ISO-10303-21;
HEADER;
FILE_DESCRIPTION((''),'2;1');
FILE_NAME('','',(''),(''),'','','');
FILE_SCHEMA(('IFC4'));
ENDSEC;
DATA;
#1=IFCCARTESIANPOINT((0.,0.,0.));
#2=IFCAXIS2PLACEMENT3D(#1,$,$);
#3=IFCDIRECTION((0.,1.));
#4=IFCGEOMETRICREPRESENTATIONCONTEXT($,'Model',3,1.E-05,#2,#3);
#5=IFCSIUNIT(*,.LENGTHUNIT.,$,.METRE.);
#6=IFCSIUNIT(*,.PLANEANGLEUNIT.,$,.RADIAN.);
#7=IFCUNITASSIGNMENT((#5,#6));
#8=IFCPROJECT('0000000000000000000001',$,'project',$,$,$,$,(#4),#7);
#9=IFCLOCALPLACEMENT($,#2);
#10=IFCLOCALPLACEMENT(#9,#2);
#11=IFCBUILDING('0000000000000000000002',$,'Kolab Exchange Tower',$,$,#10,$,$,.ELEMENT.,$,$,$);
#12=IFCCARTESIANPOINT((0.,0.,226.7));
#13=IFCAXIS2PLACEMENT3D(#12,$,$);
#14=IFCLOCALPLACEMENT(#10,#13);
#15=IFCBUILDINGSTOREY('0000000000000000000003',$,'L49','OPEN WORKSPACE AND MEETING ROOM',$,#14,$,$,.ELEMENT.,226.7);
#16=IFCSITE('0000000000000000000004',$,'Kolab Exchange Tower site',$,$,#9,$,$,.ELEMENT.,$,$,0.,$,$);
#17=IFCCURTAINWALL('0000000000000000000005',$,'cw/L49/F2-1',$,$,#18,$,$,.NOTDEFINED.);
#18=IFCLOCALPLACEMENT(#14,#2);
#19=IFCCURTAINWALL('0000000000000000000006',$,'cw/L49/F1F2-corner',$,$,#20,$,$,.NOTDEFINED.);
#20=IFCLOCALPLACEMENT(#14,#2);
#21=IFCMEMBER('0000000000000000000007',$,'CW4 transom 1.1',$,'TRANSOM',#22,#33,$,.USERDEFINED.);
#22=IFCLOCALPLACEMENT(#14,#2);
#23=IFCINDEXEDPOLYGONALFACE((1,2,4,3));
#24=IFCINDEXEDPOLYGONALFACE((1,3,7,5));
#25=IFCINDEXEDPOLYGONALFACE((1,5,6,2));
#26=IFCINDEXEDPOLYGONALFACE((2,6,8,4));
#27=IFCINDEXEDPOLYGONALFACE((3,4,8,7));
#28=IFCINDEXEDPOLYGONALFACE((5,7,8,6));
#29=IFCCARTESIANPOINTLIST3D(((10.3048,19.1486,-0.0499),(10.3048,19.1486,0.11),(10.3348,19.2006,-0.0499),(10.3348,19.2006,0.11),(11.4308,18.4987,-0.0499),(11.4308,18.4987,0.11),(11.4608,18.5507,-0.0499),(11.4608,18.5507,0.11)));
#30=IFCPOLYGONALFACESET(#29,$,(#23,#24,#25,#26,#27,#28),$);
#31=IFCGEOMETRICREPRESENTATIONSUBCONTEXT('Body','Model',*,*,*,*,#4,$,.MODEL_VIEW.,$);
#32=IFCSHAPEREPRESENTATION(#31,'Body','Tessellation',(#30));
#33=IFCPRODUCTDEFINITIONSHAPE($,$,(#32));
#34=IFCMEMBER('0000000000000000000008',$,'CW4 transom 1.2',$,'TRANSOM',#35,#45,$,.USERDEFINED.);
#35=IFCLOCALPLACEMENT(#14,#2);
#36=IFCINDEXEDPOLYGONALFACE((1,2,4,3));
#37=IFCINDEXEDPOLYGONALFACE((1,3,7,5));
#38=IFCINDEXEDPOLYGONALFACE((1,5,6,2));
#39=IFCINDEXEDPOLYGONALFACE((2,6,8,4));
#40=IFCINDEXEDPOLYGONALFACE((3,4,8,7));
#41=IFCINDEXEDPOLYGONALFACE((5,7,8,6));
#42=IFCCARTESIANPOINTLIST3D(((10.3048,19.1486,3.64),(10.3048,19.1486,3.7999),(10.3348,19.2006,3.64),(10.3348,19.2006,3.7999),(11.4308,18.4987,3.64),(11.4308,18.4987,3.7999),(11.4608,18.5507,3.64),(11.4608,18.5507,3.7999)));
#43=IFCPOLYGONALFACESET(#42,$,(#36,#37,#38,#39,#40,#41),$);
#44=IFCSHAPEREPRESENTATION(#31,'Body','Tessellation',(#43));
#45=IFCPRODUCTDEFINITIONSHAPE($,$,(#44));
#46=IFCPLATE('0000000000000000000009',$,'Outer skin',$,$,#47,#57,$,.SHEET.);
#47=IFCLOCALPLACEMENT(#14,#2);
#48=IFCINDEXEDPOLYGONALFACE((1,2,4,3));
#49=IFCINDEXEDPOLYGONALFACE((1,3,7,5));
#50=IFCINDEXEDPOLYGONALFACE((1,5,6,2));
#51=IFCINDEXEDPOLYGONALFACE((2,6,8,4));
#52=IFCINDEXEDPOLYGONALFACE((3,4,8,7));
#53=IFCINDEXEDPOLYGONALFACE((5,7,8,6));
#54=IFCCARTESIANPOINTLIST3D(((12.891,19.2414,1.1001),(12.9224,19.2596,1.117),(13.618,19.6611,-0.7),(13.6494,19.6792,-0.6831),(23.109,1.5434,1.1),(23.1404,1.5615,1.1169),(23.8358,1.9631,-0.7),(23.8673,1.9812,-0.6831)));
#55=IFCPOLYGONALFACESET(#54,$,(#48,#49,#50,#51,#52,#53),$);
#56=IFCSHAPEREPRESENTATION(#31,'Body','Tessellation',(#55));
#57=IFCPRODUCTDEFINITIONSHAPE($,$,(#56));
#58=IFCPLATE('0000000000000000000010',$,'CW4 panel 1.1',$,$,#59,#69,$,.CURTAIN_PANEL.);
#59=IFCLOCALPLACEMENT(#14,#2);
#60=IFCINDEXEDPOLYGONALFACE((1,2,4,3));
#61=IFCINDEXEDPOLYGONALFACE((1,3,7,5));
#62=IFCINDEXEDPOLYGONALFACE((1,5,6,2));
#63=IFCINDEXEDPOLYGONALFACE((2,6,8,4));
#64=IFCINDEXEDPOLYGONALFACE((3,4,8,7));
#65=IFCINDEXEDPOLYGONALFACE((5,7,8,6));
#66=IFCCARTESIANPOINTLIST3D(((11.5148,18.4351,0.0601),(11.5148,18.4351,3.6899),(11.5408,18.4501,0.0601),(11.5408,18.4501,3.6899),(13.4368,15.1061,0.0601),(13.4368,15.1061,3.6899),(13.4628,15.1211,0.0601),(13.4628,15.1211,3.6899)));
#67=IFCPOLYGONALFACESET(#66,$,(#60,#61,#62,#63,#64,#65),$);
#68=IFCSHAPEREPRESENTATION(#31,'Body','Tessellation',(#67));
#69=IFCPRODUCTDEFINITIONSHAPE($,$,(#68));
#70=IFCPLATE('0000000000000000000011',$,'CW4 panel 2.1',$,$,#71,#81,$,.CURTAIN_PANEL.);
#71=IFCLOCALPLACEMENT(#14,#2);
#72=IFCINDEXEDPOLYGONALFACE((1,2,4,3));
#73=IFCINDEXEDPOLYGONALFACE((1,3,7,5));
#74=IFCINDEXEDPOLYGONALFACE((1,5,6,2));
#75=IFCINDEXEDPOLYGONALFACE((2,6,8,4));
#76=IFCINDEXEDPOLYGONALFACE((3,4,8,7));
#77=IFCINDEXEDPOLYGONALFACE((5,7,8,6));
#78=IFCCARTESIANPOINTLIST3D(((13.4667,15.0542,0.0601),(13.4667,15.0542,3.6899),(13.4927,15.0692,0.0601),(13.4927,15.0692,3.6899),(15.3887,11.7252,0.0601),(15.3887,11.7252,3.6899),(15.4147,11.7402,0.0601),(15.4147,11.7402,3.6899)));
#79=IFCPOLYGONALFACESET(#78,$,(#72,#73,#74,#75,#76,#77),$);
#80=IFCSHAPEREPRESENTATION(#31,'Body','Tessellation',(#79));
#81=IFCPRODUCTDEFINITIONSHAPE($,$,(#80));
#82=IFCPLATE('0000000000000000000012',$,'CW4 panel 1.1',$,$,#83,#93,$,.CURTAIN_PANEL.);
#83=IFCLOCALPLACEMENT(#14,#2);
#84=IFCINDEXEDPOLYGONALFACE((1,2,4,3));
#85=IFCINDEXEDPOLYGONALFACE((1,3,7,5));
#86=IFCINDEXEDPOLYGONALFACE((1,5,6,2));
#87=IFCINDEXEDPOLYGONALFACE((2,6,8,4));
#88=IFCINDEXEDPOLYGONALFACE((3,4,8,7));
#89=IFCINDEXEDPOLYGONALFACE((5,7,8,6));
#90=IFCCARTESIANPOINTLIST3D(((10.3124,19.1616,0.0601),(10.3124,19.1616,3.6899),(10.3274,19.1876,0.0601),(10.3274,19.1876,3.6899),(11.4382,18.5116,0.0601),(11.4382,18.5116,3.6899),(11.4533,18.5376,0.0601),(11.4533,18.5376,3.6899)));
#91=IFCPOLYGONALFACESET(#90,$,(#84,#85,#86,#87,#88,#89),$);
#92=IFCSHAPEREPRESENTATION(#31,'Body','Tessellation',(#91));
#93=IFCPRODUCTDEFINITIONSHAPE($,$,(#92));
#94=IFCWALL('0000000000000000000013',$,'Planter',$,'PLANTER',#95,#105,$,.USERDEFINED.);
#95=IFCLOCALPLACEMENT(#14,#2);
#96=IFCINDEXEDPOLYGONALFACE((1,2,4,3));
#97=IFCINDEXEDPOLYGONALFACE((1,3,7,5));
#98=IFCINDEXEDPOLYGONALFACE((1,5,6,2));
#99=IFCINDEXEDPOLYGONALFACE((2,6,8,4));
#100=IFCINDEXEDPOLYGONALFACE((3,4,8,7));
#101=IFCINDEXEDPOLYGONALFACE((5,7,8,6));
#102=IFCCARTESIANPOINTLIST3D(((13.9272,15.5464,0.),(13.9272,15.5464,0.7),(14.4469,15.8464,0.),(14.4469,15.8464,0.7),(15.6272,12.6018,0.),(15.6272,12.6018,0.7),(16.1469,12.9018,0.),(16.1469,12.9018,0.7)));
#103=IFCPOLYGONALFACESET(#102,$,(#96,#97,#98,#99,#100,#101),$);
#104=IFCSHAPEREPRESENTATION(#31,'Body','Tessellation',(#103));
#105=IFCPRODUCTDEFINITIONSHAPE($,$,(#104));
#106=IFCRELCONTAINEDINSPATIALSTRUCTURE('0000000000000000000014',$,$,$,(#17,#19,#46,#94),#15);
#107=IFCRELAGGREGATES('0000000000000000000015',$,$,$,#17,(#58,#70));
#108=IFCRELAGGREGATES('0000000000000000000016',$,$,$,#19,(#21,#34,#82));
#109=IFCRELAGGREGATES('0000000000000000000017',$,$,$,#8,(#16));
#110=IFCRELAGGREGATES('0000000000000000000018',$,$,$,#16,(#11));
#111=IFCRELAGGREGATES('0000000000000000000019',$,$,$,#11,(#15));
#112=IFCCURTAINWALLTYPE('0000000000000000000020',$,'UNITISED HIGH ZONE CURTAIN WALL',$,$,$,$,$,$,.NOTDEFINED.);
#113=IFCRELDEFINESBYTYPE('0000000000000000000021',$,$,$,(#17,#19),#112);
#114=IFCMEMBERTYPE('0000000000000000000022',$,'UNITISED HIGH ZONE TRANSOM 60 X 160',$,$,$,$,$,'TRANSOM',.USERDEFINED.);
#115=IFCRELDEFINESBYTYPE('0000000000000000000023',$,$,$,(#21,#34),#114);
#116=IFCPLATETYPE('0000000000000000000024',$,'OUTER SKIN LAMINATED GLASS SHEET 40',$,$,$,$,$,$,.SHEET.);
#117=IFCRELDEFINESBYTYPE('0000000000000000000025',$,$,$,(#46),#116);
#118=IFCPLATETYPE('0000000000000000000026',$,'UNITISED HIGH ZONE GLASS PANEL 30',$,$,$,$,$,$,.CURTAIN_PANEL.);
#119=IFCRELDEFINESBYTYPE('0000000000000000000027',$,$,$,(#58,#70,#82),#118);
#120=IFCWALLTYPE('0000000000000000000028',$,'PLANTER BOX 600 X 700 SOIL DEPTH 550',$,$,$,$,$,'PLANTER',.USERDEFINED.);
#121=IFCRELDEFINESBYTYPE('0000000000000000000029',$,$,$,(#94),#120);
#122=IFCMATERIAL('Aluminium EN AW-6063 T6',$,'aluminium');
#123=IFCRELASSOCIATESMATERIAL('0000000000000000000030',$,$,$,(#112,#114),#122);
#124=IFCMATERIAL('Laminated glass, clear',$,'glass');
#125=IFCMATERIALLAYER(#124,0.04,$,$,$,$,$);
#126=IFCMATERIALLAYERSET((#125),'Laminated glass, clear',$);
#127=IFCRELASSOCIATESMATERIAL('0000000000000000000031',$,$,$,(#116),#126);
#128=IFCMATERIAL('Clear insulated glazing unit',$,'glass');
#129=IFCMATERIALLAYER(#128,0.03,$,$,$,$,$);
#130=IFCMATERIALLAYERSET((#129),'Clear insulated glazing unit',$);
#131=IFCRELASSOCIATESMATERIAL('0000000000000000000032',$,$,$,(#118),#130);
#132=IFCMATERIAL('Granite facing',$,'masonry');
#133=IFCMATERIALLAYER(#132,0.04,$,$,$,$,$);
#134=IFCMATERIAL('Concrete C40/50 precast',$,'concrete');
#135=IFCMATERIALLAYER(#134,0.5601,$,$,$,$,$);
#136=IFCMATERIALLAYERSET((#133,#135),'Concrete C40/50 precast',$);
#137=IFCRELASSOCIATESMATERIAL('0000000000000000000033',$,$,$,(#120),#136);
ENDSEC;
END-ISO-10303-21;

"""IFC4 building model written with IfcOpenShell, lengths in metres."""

from ifc_helpers import new_model, si_unit, direction, frame, frame_2d, origin, origin_2d, place, context, subcontext, project, spatial, polyline, rectangle, outline, extrude, material, layer, layer_set, material_profile, profile_set, type_object, element, aggregate, save


model = new_model("IFC4")

# Units and contexts
model_context = context("Model", 3, precision=1e-05, world=origin(), true_north=direction((0.0, 1.0)))
body_context = subcontext(model_context, "Body", "Model", "MODEL_VIEW")
ifc_project = project(units=[si_unit("LENGTHUNIT", "METRE"), si_unit("PLANEANGLEUNIT", "RADIAN")], contexts=[model_context])

# Site, building, storey
site_placement = place(None, origin())
site = spatial("IfcSite", under=ifc_project, at=site_placement, Name="Kolab Exchange Tower site", CompositionType="ELEMENT", RefElevation=0.0)
building_placement = place(site_placement, origin())
building = spatial("IfcBuilding", under=site, at=building_placement, Name="Kolab Exchange Tower", CompositionType="ELEMENT")
storey_placement = place(building_placement, frame((0.0, 0.0, 226.7)))
storey = spatial("IfcBuildingStorey", under=building, at=storey_placement, Name="L49", Description="OPEN WORKSPACE AND MEETING ROOM", CompositionType="ELEMENT", Elevation=226.7)

# Curtain walls
ifc_material_1 = material(Name="Aluminium EN AW-6063 T6", Category="aluminium")
curtain_wall_type = type_object("IfcCurtainWallType", Name="UNITISED HIGH ZONE CURTAIN WALL", PredefinedType="NOTDEFINED", material=ifc_material_1)
curtain_wall_1_placement = place(storey_placement, origin())
curtain_wall_1 = element("IfcCurtainWall", 1, at=curtain_wall_1_placement, inside=storey, type_object=curtain_wall_type, Name="cw/L49/F2-1", PredefinedType="NOTDEFINED")
curtain_wall_2_placement = place(storey_placement, origin())
curtain_wall_2 = element("IfcCurtainWall", 2, at=curtain_wall_2_placement, inside=storey, type_object=curtain_wall_type, Name="cw/L49/F1F2-corner", PredefinedType="NOTDEFINED")

# Members
ifc_material_profile_1 = material_profile(ifc_material_1, rectangle(XDim=0.0601, YDim=0.1599, at=origin_2d()), Name="RECT 60X160")
ifc_profile_set_1 = profile_set([ifc_material_profile_1], Name="Aluminium EN AW-6063 T6")
member_type_1 = type_object("IfcMemberType", Name="UNITISED HIGH ZONE TRANSOM 60 X 160", ElementType="TRANSOM", PredefinedType="USERDEFINED", material=ifc_profile_set_1)
member_1_placement = place(storey_placement, frame((10.3198, 19.1746, 0.03), z_axis=(0.866086, -0.499896, 0.0), x_axis=(0.499896, 0.866086, 0.0)))
member_1 = element("IfcMember", 3, at=member_1_placement, type_object=member_type_1, Name="CW4 transom 1.1", ObjectType="TRANSOM", PredefinedType="USERDEFINED", context=body_context, shape_type="SweptSolid", body=[
    extrude(rectangle(XDim=0.0601, YDim=0.1599, at=origin_2d()), origin(), (0.0, 0.0, 1.0), 1.3),
])
member_2_placement = place(storey_placement, frame((10.3198, 19.1746, 3.72), z_axis=(0.866086, -0.499896, 0.0), x_axis=(0.499896, 0.866086, 0.0)))
member_2 = element("IfcMember", 4, at=member_2_placement, type_object=member_type_1, Name="CW4 transom 1.2", ObjectType="TRANSOM", PredefinedType="USERDEFINED", context=body_context, shape_type="SweptSolid", body=[
    extrude(rectangle(XDim=0.0601, YDim=0.1599, at=origin_2d()), origin(), (0.0, 0.0, 1.0), 1.3),
])

# Plates
ifc_material_2 = material(Name="Laminated glass, clear", Category="glass")
ifc_layer_1 = layer(ifc_material_2, 0.04)
ifc_layer_set_1 = layer_set([ifc_layer_1], Name="Laminated glass, clear")
plate_type_1 = type_object("IfcPlateType", Name="OUTER SKIN LAMINATED GLASS SHEET 40", PredefinedType="SHEET", material=ifc_layer_set_1)
plate_1_placement = place(storey_placement, frame((13.6494, 19.6792, -0.6831), z_axis=(0.784886, 0.453152, 0.422619), x_axis=(0.499997, -0.866027, 0.000002)))
element("IfcPlate", 5, at=plate_1_placement, inside=storey, type_object=plate_type_1, Name="Outer skin", PredefinedType="SHEET", context=body_context, shape_type="SweptSolid", body=[
    extrude(outline(polyline([(0.0, 0.0), (20.4358, 0.0), (20.4359, -1.9861), (-0.0001, -1.9862), (0.0, 0.0)])), origin(), (0.0, 0.0, -1.0), 0.04),
])
ifc_material_3 = material(Name="Clear insulated glazing unit", Category="glass")
ifc_layer_2 = layer(ifc_material_3, 0.03)
ifc_layer_set_2 = layer_set([ifc_layer_2], Name="Clear insulated glazing unit")
plate_type_2 = type_object("IfcPlateType", Name="UNITISED HIGH ZONE GLASS PANEL 30", PredefinedType="CURTAIN_PANEL", material=ifc_layer_set_2)
plate_2_placement = place(storey_placement, frame((12.4888, 16.7781, 0.0601), z_axis=(0.0, 0.0, 1.0), x_axis=(0.5, -0.866025, 0.0)))
plate_2 = element("IfcPlate", 6, at=plate_2_placement, type_object=plate_type_2, Name="CW4 panel 1.1", PredefinedType="CURTAIN_PANEL", context=body_context, shape_type="SweptSolid", body=[
    extrude(rectangle(XDim=3.844, YDim=0.03, at=origin_2d()), origin(), (0.0, 0.0, 1.0), 3.6299),
])
plate_3_placement = place(storey_placement, frame((14.4407, 13.3972, 0.0601), z_axis=(0.0, 0.0, 1.0), x_axis=(0.5, -0.866025, 0.0)))
plate_3 = element("IfcPlate", 7, at=plate_3_placement, type_object=plate_type_2, Name="CW4 panel 2.1", PredefinedType="CURTAIN_PANEL", context=body_context, shape_type="SweptSolid", body=[
    extrude(rectangle(XDim=3.844, YDim=0.03, at=origin_2d()), origin(), (0.0, 0.0, 1.0), 3.6299),
])
aggregate(curtain_wall_1, [plate_2, plate_3])
plate_4_placement = place(storey_placement, frame((10.8828, 18.8496, 0.0601), z_axis=(0.0, 0.0, 1.0), x_axis=(0.866025, -0.5, 0.0)))
plate_4 = element("IfcPlate", 8, at=plate_4_placement, type_object=plate_type_2, Name="CW4 panel 1.1", PredefinedType="CURTAIN_PANEL", context=body_context, shape_type="SweptSolid", body=[
    extrude(rectangle(XDim=1.3, YDim=0.03, at=origin_2d()), origin(), (0.0, 0.0, 1.0), 3.6299),
])
aggregate(curtain_wall_2, [member_1, member_2, plate_4])

# Wall
ifc_material_4 = material(Name="Granite facing", Category="masonry")
ifc_layer_3 = layer(ifc_material_4, 0.04)
ifc_material_5 = material(Name="Concrete C40/50 precast", Category="concrete")
ifc_layer_4 = layer(ifc_material_5, 0.5601)
ifc_layer_set_3 = layer_set([ifc_layer_3, ifc_layer_4], Name="Concrete C40/50 precast")
wall_type = type_object("IfcWallType", Name="PLANTER BOX 600 X 700 SOIL DEPTH 550", ElementType="PLANTER", PredefinedType="USERDEFINED", material=ifc_layer_set_3)
wall_placement = place(storey_placement, frame((14.187, 15.6965, 0.0), z_axis=(0.0, 0.0, 1.0), x_axis=(0.499977, -0.866039, 0.0)))
element("IfcWall", 9, at=wall_placement, inside=storey, type_object=wall_type, Name="Planter", ObjectType="PLANTER", PredefinedType="USERDEFINED", context=body_context, shape_type="SweptSolid", body=[
    extrude(rectangle(XDim=3.4001, YDim=0.6001, at=frame_2d((1.7002, 0.0))), origin(), (0.0, 0.0, 1.0), 0.7),
])

save(model, "model.ifc")
